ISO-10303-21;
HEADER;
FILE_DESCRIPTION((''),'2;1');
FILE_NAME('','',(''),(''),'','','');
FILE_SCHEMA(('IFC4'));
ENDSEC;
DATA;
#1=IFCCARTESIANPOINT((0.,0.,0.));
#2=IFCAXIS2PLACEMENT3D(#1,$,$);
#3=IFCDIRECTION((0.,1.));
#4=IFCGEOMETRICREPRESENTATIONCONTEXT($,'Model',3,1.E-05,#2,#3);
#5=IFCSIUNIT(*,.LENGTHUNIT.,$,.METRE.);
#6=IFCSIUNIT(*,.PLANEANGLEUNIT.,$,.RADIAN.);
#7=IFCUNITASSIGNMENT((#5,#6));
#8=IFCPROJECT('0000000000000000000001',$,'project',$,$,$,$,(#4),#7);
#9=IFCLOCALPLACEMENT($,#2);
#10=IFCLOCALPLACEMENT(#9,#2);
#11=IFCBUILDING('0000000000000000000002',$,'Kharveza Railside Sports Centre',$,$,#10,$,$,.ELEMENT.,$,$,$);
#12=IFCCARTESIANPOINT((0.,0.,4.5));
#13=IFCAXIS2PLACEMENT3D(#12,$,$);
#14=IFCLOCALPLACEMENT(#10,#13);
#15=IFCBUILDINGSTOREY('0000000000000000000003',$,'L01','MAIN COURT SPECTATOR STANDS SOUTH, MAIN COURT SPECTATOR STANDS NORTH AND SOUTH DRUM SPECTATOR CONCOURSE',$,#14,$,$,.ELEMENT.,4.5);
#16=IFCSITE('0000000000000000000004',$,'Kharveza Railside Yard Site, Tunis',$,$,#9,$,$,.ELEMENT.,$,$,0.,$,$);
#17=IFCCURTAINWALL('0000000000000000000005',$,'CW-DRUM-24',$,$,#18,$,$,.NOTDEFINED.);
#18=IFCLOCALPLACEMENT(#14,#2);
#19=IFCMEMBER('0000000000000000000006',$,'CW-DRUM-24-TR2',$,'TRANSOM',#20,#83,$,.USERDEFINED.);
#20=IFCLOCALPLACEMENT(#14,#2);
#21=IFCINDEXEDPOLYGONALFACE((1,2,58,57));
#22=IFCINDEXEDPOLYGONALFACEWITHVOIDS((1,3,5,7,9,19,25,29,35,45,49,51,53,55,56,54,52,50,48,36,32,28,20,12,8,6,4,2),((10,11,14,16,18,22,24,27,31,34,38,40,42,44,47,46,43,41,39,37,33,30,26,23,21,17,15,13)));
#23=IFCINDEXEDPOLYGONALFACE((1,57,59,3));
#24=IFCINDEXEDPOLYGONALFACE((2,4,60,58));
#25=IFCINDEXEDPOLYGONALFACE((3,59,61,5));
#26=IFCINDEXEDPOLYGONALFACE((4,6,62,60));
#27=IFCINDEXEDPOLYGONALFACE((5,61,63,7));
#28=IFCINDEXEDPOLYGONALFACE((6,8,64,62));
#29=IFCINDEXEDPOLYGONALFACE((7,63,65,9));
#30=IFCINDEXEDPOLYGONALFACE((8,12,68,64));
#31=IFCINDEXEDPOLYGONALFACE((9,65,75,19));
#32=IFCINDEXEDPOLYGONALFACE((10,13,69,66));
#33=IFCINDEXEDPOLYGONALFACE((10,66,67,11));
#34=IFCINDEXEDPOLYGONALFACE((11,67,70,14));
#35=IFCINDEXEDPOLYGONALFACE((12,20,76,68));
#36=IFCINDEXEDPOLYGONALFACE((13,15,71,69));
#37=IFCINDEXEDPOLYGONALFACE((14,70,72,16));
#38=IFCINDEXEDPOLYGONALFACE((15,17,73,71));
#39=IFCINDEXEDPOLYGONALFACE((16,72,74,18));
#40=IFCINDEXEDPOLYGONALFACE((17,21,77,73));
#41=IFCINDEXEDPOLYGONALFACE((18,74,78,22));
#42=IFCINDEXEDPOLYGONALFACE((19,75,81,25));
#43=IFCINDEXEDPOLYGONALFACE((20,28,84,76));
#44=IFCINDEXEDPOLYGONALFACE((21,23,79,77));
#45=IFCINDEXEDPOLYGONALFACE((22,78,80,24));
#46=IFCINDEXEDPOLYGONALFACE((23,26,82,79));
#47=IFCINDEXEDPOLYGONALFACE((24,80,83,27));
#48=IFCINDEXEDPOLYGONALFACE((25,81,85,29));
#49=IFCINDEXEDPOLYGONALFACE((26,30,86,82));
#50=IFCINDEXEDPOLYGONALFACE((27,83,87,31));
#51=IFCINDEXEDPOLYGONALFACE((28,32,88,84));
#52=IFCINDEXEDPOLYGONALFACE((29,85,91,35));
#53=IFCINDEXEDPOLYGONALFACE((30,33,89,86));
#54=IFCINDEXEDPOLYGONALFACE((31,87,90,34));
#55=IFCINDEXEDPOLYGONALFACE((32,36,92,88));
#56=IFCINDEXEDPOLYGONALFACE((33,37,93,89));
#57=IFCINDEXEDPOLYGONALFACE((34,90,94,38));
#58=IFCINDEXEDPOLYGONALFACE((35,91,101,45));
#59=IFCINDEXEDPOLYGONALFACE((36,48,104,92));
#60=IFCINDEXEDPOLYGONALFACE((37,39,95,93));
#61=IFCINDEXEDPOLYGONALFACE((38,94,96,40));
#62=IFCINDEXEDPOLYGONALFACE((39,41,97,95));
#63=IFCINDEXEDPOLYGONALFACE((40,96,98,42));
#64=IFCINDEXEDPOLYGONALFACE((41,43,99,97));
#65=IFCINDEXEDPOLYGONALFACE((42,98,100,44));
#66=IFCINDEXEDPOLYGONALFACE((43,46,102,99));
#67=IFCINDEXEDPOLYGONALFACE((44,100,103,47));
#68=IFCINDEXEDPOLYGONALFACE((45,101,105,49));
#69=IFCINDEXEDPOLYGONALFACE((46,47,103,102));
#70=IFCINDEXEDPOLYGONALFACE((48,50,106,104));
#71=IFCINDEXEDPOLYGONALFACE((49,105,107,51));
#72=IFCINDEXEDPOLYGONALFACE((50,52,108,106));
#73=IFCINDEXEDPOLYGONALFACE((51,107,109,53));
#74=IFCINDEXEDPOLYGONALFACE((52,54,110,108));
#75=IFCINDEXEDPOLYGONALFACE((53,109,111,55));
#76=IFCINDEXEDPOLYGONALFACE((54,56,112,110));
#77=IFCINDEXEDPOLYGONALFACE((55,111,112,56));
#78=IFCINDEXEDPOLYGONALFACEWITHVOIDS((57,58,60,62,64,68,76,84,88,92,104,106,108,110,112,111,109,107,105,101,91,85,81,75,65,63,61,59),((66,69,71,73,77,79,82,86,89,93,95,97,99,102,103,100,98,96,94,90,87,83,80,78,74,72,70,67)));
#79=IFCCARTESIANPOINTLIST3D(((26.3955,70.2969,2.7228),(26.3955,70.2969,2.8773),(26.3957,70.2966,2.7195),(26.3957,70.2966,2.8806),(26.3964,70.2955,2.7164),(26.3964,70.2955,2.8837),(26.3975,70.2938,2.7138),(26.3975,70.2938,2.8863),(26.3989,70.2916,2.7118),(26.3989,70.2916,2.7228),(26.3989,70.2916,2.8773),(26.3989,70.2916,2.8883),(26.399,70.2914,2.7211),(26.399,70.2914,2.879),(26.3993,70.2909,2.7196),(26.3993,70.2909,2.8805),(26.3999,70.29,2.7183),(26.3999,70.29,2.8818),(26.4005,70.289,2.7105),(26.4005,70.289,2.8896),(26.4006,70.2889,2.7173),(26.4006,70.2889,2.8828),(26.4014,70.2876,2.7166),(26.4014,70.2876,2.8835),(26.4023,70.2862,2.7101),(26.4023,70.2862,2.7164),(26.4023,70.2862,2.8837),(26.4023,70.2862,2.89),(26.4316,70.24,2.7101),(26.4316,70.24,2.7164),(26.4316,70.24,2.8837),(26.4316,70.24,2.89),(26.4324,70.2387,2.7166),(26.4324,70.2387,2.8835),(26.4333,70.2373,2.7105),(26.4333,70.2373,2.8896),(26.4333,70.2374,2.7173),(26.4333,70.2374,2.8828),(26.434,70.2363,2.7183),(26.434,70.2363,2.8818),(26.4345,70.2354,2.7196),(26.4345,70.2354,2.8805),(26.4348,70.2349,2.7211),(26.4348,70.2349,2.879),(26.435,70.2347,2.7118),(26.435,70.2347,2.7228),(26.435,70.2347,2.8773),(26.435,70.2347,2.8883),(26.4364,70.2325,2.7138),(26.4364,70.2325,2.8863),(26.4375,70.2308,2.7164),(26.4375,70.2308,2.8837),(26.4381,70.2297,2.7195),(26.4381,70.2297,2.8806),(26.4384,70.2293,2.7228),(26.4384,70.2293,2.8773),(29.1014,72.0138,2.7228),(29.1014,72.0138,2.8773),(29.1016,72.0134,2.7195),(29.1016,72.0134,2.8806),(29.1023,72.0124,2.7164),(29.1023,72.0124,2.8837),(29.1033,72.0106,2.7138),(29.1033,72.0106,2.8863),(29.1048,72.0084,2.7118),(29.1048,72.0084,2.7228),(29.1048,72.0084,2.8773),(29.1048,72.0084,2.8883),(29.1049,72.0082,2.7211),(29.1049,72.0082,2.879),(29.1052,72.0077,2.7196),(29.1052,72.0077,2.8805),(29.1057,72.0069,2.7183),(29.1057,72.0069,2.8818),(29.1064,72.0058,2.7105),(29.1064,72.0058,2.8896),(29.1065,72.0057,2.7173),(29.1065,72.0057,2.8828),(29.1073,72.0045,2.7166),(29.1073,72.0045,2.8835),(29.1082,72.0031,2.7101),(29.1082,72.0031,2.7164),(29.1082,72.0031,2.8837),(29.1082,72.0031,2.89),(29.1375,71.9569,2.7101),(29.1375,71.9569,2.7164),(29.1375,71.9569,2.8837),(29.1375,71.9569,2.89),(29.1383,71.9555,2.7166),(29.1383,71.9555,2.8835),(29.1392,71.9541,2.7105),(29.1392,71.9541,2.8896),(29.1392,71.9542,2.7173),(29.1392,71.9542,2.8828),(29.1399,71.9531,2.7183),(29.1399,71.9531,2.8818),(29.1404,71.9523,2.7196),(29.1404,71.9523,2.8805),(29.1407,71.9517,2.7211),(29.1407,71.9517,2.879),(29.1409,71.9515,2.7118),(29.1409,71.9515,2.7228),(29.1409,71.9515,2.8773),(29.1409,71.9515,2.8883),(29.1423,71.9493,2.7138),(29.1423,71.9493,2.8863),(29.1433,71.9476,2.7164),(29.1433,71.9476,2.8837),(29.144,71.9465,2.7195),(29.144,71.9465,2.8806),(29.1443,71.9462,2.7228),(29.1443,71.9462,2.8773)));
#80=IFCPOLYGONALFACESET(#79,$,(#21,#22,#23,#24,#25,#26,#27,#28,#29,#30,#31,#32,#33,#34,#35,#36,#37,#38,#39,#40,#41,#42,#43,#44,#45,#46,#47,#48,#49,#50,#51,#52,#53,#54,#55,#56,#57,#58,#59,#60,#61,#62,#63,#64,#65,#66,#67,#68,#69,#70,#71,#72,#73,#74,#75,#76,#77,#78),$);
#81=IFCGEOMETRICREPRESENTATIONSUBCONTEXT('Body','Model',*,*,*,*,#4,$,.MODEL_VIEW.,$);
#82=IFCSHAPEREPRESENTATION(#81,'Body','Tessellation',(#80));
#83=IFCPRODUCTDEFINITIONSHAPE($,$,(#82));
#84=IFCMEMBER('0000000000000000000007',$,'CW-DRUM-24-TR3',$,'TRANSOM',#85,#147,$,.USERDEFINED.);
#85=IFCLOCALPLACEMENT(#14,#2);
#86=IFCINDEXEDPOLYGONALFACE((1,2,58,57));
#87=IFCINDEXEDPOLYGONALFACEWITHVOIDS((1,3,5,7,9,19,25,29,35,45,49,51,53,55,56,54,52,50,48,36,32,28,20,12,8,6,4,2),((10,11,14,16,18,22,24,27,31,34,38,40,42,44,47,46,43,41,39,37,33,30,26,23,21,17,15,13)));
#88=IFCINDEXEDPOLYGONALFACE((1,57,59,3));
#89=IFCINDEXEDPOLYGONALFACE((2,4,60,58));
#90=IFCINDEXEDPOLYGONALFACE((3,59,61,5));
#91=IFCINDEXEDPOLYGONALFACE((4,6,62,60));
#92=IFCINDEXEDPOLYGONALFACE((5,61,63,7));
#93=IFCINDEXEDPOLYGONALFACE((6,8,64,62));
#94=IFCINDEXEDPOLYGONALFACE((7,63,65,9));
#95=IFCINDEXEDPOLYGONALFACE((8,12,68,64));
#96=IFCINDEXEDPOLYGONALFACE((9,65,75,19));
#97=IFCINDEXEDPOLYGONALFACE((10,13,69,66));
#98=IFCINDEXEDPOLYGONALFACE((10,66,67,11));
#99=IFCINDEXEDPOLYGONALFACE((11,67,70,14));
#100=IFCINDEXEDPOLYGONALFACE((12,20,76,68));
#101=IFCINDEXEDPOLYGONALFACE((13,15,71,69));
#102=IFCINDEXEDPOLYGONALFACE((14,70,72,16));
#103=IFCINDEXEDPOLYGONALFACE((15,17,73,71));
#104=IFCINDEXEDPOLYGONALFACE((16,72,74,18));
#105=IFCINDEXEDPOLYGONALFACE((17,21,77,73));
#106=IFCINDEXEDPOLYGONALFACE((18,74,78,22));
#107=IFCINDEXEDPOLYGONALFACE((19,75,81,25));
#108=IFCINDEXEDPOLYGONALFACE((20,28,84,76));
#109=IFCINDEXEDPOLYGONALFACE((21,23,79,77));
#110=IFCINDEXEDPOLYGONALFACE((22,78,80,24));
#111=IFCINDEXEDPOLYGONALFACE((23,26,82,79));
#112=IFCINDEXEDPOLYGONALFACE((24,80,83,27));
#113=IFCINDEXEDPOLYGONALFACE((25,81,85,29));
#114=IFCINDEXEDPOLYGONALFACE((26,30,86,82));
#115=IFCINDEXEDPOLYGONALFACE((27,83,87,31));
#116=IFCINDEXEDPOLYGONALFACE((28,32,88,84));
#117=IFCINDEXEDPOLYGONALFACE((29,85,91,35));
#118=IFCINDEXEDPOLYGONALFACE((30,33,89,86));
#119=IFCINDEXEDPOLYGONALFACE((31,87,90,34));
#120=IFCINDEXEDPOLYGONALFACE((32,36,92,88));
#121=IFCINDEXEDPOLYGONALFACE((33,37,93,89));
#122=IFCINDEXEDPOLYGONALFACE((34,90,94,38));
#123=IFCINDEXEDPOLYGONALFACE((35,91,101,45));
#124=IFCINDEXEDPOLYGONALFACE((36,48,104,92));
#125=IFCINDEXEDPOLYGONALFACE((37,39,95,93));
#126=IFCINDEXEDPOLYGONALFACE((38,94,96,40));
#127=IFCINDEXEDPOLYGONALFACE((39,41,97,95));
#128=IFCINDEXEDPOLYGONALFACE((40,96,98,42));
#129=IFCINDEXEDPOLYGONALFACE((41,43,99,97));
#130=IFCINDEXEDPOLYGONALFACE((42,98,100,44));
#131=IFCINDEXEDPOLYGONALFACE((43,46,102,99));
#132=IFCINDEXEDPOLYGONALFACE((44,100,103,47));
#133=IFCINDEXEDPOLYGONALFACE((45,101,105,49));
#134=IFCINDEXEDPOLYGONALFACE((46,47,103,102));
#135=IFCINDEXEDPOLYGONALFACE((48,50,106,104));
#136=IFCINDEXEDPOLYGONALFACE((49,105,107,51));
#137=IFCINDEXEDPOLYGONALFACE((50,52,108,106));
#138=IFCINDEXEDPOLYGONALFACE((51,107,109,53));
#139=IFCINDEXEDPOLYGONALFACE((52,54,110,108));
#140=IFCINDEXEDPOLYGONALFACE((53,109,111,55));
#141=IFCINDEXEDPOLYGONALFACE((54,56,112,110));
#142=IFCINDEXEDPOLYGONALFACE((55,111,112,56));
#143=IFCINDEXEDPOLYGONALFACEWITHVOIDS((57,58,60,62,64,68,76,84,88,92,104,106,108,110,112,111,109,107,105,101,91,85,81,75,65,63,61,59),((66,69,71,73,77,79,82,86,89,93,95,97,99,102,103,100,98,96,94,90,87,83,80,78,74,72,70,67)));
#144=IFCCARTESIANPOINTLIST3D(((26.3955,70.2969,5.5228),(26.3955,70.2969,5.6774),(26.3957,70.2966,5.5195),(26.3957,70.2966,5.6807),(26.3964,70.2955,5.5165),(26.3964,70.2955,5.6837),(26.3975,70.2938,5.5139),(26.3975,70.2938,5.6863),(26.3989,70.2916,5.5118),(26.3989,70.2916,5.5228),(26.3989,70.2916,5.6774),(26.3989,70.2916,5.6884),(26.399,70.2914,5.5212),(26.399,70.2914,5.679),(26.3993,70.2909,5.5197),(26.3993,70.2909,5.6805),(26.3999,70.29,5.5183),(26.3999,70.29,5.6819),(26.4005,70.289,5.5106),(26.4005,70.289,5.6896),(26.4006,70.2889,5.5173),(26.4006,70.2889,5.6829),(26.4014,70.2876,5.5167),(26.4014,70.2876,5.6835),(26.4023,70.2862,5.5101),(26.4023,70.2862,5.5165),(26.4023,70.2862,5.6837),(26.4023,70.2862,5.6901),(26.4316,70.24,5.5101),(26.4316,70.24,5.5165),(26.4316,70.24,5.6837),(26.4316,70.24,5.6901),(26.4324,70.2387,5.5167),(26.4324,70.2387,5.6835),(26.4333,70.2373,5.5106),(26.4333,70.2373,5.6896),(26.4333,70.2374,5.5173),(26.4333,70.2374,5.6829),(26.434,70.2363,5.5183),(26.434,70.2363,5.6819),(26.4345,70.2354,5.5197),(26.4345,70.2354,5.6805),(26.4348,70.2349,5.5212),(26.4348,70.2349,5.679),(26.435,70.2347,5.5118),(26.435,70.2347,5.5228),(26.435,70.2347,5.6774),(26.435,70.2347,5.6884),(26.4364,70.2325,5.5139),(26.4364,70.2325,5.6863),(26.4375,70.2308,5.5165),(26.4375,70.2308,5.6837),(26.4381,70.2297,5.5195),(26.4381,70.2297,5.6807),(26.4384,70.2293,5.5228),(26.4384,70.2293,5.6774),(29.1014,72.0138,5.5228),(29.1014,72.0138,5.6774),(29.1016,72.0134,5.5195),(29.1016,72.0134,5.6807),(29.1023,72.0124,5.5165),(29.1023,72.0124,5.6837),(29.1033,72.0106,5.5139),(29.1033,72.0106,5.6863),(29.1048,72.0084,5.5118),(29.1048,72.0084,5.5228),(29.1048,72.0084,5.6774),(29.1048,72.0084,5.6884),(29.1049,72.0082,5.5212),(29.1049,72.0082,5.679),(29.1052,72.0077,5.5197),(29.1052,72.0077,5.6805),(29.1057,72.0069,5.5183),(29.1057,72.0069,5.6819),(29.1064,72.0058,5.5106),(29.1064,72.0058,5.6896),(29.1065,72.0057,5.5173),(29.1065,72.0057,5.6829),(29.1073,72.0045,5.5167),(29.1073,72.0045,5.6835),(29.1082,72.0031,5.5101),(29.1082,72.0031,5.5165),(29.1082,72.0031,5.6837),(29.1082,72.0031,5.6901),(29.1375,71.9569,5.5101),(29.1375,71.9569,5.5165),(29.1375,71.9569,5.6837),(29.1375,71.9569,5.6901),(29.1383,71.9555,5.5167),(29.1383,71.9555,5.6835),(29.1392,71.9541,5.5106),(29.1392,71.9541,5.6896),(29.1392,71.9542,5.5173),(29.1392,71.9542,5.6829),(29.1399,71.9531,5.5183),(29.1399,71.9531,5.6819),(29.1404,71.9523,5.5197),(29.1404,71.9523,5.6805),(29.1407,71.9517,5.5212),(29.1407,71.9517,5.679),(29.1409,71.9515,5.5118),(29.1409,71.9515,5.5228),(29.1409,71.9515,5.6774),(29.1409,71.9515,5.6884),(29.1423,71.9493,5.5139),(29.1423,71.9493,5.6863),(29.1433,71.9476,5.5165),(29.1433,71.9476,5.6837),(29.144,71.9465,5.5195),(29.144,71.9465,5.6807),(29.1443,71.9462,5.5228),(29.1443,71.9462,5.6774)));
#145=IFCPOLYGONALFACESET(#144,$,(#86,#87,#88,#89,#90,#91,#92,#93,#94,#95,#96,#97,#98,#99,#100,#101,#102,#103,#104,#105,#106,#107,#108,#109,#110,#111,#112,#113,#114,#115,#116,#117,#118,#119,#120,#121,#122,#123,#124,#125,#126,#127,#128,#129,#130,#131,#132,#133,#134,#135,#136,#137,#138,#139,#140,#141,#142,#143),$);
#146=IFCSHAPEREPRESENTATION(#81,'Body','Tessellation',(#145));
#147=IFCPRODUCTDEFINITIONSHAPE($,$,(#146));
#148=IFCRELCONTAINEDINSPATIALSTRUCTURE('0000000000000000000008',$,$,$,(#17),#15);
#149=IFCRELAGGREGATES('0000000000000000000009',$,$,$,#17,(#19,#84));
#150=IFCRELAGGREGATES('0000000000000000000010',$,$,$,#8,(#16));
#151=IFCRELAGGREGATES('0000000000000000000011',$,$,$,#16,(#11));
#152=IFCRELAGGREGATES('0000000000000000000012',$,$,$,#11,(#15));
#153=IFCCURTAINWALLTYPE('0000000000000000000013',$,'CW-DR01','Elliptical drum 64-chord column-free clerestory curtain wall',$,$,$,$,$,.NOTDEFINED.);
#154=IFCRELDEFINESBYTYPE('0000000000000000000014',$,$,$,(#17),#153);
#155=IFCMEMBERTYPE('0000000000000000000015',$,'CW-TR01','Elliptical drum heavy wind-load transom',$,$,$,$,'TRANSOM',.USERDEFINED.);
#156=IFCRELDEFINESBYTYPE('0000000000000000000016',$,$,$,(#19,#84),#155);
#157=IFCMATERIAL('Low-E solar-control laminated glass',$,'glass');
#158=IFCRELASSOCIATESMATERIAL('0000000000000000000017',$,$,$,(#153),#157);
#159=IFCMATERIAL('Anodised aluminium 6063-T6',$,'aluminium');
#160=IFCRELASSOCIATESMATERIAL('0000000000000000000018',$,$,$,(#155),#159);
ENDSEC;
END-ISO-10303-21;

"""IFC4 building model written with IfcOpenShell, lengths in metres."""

from ifc_helpers import new_model, si_unit, direction, frame, origin, origin_2d, place, context, subcontext, project, spatial, hollow_rectangle, extrude, material, material_profile, profile_set, type_object, element, aggregate, save


model = new_model("IFC4")

# Units and contexts
model_context = context("Model", 3, precision=1e-05, world=origin(), true_north=direction((0.0, 1.0)))
body_context = subcontext(model_context, "Body", "Model", "MODEL_VIEW")
ifc_project = project(units=[si_unit("LENGTHUNIT", "METRE"), si_unit("PLANEANGLEUNIT", "RADIAN")], contexts=[model_context])

# Site, building, storey
site_placement = place(None, origin())
site = spatial("IfcSite", under=ifc_project, at=site_placement, Name="Kharveza Railside Yard Site, Tunis", CompositionType="ELEMENT", RefElevation=0.0)
building_placement = place(site_placement, origin())
building = spatial("IfcBuilding", under=site, at=building_placement, Name="Kharveza Railside Sports Centre", CompositionType="ELEMENT")
storey_placement = place(building_placement, frame((0.0, 0.0, 4.5)))
storey = spatial("IfcBuildingStorey", under=building, at=storey_placement, Name="L01", Description="MAIN COURT SPECTATOR STANDS SOUTH, MAIN COURT SPECTATOR STANDS NORTH AND SOUTH DRUM SPECTATOR CONCOURSE", CompositionType="ELEMENT", Elevation=4.5)

# Curtain wall
ifc_material_1 = material(Name="Low-E solar-control laminated glass", Category="glass")
curtain_wall_type = type_object("IfcCurtainWallType", Name="CW-DR01", Description="Elliptical drum 64-chord column-free clerestory curtain wall", PredefinedType="NOTDEFINED", material=ifc_material_1)
ifc_material_2 = material(Name="Anodised aluminium 6063-T6", Category="aluminium")
curtain_wall_1_placement = place(storey_placement, origin())
curtain_wall_1 = element("IfcCurtainWall", 1, at=curtain_wall_1_placement, inside=storey, type_object=curtain_wall_type, Name="CW-DRUM-24", PredefinedType="NOTDEFINED")

# Members
ifc_material_profile_1 = material_profile(ifc_material_2, hollow_rectangle(XDim=0.0801, YDim=0.1799, WallThickness=0.0063, InnerFilletRadius=0.0063, OuterFilletRadius=0.0127, at=origin_2d()), Name="RHS 80x180x6.3")
ifc_profile_set_1 = profile_set([ifc_material_profile_1], Name="Anodised aluminium 6063-T6")
member_type_1 = type_object("IfcMemberType", Name="CW-TR01", Description="Elliptical drum heavy wind-load transom", ElementType="TRANSOM", PredefinedType="USERDEFINED", material=ifc_profile_set_1)
member_1_placement = place(storey_placement, frame((29.1228, 71.98, 2.8), z_axis=(-0.844379, -0.535746, 0.0), x_axis=(0.535746, -0.844379, 0.0)))
member_1 = element("IfcMember", 2, at=member_1_placement, type_object=member_type_1, Name="CW-DRUM-24-TR2", ObjectType="TRANSOM", PredefinedType="USERDEFINED", context=body_context, shape_type="SweptSolid", body=[
    extrude(hollow_rectangle(XDim=0.0801, YDim=0.1799, WallThickness=0.0063, InnerFilletRadius=0.0063, OuterFilletRadius=0.0127, at=origin_2d()), origin(), (0.0, 0.0, 1.0), 3.2046),
])
member_2_placement = place(storey_placement, frame((29.1228, 71.98, 5.6001), z_axis=(-0.844379, -0.535746, 0.0), x_axis=(0.535746, -0.844379, 0.0)))
member_2 = element("IfcMember", 3, at=member_2_placement, type_object=member_type_1, Name="CW-DRUM-24-TR3", ObjectType="TRANSOM", PredefinedType="USERDEFINED", context=body_context, shape_type="SweptSolid", body=[
    extrude(hollow_rectangle(XDim=0.0801, YDim=0.1799, WallThickness=0.0063, InnerFilletRadius=0.0063, OuterFilletRadius=0.0127, at=origin_2d()), origin(), (0.0, 0.0, 1.0), 3.2046),
])

aggregate(curtain_wall_1, [member_1, member_2])

save(model, "model.ifc")
